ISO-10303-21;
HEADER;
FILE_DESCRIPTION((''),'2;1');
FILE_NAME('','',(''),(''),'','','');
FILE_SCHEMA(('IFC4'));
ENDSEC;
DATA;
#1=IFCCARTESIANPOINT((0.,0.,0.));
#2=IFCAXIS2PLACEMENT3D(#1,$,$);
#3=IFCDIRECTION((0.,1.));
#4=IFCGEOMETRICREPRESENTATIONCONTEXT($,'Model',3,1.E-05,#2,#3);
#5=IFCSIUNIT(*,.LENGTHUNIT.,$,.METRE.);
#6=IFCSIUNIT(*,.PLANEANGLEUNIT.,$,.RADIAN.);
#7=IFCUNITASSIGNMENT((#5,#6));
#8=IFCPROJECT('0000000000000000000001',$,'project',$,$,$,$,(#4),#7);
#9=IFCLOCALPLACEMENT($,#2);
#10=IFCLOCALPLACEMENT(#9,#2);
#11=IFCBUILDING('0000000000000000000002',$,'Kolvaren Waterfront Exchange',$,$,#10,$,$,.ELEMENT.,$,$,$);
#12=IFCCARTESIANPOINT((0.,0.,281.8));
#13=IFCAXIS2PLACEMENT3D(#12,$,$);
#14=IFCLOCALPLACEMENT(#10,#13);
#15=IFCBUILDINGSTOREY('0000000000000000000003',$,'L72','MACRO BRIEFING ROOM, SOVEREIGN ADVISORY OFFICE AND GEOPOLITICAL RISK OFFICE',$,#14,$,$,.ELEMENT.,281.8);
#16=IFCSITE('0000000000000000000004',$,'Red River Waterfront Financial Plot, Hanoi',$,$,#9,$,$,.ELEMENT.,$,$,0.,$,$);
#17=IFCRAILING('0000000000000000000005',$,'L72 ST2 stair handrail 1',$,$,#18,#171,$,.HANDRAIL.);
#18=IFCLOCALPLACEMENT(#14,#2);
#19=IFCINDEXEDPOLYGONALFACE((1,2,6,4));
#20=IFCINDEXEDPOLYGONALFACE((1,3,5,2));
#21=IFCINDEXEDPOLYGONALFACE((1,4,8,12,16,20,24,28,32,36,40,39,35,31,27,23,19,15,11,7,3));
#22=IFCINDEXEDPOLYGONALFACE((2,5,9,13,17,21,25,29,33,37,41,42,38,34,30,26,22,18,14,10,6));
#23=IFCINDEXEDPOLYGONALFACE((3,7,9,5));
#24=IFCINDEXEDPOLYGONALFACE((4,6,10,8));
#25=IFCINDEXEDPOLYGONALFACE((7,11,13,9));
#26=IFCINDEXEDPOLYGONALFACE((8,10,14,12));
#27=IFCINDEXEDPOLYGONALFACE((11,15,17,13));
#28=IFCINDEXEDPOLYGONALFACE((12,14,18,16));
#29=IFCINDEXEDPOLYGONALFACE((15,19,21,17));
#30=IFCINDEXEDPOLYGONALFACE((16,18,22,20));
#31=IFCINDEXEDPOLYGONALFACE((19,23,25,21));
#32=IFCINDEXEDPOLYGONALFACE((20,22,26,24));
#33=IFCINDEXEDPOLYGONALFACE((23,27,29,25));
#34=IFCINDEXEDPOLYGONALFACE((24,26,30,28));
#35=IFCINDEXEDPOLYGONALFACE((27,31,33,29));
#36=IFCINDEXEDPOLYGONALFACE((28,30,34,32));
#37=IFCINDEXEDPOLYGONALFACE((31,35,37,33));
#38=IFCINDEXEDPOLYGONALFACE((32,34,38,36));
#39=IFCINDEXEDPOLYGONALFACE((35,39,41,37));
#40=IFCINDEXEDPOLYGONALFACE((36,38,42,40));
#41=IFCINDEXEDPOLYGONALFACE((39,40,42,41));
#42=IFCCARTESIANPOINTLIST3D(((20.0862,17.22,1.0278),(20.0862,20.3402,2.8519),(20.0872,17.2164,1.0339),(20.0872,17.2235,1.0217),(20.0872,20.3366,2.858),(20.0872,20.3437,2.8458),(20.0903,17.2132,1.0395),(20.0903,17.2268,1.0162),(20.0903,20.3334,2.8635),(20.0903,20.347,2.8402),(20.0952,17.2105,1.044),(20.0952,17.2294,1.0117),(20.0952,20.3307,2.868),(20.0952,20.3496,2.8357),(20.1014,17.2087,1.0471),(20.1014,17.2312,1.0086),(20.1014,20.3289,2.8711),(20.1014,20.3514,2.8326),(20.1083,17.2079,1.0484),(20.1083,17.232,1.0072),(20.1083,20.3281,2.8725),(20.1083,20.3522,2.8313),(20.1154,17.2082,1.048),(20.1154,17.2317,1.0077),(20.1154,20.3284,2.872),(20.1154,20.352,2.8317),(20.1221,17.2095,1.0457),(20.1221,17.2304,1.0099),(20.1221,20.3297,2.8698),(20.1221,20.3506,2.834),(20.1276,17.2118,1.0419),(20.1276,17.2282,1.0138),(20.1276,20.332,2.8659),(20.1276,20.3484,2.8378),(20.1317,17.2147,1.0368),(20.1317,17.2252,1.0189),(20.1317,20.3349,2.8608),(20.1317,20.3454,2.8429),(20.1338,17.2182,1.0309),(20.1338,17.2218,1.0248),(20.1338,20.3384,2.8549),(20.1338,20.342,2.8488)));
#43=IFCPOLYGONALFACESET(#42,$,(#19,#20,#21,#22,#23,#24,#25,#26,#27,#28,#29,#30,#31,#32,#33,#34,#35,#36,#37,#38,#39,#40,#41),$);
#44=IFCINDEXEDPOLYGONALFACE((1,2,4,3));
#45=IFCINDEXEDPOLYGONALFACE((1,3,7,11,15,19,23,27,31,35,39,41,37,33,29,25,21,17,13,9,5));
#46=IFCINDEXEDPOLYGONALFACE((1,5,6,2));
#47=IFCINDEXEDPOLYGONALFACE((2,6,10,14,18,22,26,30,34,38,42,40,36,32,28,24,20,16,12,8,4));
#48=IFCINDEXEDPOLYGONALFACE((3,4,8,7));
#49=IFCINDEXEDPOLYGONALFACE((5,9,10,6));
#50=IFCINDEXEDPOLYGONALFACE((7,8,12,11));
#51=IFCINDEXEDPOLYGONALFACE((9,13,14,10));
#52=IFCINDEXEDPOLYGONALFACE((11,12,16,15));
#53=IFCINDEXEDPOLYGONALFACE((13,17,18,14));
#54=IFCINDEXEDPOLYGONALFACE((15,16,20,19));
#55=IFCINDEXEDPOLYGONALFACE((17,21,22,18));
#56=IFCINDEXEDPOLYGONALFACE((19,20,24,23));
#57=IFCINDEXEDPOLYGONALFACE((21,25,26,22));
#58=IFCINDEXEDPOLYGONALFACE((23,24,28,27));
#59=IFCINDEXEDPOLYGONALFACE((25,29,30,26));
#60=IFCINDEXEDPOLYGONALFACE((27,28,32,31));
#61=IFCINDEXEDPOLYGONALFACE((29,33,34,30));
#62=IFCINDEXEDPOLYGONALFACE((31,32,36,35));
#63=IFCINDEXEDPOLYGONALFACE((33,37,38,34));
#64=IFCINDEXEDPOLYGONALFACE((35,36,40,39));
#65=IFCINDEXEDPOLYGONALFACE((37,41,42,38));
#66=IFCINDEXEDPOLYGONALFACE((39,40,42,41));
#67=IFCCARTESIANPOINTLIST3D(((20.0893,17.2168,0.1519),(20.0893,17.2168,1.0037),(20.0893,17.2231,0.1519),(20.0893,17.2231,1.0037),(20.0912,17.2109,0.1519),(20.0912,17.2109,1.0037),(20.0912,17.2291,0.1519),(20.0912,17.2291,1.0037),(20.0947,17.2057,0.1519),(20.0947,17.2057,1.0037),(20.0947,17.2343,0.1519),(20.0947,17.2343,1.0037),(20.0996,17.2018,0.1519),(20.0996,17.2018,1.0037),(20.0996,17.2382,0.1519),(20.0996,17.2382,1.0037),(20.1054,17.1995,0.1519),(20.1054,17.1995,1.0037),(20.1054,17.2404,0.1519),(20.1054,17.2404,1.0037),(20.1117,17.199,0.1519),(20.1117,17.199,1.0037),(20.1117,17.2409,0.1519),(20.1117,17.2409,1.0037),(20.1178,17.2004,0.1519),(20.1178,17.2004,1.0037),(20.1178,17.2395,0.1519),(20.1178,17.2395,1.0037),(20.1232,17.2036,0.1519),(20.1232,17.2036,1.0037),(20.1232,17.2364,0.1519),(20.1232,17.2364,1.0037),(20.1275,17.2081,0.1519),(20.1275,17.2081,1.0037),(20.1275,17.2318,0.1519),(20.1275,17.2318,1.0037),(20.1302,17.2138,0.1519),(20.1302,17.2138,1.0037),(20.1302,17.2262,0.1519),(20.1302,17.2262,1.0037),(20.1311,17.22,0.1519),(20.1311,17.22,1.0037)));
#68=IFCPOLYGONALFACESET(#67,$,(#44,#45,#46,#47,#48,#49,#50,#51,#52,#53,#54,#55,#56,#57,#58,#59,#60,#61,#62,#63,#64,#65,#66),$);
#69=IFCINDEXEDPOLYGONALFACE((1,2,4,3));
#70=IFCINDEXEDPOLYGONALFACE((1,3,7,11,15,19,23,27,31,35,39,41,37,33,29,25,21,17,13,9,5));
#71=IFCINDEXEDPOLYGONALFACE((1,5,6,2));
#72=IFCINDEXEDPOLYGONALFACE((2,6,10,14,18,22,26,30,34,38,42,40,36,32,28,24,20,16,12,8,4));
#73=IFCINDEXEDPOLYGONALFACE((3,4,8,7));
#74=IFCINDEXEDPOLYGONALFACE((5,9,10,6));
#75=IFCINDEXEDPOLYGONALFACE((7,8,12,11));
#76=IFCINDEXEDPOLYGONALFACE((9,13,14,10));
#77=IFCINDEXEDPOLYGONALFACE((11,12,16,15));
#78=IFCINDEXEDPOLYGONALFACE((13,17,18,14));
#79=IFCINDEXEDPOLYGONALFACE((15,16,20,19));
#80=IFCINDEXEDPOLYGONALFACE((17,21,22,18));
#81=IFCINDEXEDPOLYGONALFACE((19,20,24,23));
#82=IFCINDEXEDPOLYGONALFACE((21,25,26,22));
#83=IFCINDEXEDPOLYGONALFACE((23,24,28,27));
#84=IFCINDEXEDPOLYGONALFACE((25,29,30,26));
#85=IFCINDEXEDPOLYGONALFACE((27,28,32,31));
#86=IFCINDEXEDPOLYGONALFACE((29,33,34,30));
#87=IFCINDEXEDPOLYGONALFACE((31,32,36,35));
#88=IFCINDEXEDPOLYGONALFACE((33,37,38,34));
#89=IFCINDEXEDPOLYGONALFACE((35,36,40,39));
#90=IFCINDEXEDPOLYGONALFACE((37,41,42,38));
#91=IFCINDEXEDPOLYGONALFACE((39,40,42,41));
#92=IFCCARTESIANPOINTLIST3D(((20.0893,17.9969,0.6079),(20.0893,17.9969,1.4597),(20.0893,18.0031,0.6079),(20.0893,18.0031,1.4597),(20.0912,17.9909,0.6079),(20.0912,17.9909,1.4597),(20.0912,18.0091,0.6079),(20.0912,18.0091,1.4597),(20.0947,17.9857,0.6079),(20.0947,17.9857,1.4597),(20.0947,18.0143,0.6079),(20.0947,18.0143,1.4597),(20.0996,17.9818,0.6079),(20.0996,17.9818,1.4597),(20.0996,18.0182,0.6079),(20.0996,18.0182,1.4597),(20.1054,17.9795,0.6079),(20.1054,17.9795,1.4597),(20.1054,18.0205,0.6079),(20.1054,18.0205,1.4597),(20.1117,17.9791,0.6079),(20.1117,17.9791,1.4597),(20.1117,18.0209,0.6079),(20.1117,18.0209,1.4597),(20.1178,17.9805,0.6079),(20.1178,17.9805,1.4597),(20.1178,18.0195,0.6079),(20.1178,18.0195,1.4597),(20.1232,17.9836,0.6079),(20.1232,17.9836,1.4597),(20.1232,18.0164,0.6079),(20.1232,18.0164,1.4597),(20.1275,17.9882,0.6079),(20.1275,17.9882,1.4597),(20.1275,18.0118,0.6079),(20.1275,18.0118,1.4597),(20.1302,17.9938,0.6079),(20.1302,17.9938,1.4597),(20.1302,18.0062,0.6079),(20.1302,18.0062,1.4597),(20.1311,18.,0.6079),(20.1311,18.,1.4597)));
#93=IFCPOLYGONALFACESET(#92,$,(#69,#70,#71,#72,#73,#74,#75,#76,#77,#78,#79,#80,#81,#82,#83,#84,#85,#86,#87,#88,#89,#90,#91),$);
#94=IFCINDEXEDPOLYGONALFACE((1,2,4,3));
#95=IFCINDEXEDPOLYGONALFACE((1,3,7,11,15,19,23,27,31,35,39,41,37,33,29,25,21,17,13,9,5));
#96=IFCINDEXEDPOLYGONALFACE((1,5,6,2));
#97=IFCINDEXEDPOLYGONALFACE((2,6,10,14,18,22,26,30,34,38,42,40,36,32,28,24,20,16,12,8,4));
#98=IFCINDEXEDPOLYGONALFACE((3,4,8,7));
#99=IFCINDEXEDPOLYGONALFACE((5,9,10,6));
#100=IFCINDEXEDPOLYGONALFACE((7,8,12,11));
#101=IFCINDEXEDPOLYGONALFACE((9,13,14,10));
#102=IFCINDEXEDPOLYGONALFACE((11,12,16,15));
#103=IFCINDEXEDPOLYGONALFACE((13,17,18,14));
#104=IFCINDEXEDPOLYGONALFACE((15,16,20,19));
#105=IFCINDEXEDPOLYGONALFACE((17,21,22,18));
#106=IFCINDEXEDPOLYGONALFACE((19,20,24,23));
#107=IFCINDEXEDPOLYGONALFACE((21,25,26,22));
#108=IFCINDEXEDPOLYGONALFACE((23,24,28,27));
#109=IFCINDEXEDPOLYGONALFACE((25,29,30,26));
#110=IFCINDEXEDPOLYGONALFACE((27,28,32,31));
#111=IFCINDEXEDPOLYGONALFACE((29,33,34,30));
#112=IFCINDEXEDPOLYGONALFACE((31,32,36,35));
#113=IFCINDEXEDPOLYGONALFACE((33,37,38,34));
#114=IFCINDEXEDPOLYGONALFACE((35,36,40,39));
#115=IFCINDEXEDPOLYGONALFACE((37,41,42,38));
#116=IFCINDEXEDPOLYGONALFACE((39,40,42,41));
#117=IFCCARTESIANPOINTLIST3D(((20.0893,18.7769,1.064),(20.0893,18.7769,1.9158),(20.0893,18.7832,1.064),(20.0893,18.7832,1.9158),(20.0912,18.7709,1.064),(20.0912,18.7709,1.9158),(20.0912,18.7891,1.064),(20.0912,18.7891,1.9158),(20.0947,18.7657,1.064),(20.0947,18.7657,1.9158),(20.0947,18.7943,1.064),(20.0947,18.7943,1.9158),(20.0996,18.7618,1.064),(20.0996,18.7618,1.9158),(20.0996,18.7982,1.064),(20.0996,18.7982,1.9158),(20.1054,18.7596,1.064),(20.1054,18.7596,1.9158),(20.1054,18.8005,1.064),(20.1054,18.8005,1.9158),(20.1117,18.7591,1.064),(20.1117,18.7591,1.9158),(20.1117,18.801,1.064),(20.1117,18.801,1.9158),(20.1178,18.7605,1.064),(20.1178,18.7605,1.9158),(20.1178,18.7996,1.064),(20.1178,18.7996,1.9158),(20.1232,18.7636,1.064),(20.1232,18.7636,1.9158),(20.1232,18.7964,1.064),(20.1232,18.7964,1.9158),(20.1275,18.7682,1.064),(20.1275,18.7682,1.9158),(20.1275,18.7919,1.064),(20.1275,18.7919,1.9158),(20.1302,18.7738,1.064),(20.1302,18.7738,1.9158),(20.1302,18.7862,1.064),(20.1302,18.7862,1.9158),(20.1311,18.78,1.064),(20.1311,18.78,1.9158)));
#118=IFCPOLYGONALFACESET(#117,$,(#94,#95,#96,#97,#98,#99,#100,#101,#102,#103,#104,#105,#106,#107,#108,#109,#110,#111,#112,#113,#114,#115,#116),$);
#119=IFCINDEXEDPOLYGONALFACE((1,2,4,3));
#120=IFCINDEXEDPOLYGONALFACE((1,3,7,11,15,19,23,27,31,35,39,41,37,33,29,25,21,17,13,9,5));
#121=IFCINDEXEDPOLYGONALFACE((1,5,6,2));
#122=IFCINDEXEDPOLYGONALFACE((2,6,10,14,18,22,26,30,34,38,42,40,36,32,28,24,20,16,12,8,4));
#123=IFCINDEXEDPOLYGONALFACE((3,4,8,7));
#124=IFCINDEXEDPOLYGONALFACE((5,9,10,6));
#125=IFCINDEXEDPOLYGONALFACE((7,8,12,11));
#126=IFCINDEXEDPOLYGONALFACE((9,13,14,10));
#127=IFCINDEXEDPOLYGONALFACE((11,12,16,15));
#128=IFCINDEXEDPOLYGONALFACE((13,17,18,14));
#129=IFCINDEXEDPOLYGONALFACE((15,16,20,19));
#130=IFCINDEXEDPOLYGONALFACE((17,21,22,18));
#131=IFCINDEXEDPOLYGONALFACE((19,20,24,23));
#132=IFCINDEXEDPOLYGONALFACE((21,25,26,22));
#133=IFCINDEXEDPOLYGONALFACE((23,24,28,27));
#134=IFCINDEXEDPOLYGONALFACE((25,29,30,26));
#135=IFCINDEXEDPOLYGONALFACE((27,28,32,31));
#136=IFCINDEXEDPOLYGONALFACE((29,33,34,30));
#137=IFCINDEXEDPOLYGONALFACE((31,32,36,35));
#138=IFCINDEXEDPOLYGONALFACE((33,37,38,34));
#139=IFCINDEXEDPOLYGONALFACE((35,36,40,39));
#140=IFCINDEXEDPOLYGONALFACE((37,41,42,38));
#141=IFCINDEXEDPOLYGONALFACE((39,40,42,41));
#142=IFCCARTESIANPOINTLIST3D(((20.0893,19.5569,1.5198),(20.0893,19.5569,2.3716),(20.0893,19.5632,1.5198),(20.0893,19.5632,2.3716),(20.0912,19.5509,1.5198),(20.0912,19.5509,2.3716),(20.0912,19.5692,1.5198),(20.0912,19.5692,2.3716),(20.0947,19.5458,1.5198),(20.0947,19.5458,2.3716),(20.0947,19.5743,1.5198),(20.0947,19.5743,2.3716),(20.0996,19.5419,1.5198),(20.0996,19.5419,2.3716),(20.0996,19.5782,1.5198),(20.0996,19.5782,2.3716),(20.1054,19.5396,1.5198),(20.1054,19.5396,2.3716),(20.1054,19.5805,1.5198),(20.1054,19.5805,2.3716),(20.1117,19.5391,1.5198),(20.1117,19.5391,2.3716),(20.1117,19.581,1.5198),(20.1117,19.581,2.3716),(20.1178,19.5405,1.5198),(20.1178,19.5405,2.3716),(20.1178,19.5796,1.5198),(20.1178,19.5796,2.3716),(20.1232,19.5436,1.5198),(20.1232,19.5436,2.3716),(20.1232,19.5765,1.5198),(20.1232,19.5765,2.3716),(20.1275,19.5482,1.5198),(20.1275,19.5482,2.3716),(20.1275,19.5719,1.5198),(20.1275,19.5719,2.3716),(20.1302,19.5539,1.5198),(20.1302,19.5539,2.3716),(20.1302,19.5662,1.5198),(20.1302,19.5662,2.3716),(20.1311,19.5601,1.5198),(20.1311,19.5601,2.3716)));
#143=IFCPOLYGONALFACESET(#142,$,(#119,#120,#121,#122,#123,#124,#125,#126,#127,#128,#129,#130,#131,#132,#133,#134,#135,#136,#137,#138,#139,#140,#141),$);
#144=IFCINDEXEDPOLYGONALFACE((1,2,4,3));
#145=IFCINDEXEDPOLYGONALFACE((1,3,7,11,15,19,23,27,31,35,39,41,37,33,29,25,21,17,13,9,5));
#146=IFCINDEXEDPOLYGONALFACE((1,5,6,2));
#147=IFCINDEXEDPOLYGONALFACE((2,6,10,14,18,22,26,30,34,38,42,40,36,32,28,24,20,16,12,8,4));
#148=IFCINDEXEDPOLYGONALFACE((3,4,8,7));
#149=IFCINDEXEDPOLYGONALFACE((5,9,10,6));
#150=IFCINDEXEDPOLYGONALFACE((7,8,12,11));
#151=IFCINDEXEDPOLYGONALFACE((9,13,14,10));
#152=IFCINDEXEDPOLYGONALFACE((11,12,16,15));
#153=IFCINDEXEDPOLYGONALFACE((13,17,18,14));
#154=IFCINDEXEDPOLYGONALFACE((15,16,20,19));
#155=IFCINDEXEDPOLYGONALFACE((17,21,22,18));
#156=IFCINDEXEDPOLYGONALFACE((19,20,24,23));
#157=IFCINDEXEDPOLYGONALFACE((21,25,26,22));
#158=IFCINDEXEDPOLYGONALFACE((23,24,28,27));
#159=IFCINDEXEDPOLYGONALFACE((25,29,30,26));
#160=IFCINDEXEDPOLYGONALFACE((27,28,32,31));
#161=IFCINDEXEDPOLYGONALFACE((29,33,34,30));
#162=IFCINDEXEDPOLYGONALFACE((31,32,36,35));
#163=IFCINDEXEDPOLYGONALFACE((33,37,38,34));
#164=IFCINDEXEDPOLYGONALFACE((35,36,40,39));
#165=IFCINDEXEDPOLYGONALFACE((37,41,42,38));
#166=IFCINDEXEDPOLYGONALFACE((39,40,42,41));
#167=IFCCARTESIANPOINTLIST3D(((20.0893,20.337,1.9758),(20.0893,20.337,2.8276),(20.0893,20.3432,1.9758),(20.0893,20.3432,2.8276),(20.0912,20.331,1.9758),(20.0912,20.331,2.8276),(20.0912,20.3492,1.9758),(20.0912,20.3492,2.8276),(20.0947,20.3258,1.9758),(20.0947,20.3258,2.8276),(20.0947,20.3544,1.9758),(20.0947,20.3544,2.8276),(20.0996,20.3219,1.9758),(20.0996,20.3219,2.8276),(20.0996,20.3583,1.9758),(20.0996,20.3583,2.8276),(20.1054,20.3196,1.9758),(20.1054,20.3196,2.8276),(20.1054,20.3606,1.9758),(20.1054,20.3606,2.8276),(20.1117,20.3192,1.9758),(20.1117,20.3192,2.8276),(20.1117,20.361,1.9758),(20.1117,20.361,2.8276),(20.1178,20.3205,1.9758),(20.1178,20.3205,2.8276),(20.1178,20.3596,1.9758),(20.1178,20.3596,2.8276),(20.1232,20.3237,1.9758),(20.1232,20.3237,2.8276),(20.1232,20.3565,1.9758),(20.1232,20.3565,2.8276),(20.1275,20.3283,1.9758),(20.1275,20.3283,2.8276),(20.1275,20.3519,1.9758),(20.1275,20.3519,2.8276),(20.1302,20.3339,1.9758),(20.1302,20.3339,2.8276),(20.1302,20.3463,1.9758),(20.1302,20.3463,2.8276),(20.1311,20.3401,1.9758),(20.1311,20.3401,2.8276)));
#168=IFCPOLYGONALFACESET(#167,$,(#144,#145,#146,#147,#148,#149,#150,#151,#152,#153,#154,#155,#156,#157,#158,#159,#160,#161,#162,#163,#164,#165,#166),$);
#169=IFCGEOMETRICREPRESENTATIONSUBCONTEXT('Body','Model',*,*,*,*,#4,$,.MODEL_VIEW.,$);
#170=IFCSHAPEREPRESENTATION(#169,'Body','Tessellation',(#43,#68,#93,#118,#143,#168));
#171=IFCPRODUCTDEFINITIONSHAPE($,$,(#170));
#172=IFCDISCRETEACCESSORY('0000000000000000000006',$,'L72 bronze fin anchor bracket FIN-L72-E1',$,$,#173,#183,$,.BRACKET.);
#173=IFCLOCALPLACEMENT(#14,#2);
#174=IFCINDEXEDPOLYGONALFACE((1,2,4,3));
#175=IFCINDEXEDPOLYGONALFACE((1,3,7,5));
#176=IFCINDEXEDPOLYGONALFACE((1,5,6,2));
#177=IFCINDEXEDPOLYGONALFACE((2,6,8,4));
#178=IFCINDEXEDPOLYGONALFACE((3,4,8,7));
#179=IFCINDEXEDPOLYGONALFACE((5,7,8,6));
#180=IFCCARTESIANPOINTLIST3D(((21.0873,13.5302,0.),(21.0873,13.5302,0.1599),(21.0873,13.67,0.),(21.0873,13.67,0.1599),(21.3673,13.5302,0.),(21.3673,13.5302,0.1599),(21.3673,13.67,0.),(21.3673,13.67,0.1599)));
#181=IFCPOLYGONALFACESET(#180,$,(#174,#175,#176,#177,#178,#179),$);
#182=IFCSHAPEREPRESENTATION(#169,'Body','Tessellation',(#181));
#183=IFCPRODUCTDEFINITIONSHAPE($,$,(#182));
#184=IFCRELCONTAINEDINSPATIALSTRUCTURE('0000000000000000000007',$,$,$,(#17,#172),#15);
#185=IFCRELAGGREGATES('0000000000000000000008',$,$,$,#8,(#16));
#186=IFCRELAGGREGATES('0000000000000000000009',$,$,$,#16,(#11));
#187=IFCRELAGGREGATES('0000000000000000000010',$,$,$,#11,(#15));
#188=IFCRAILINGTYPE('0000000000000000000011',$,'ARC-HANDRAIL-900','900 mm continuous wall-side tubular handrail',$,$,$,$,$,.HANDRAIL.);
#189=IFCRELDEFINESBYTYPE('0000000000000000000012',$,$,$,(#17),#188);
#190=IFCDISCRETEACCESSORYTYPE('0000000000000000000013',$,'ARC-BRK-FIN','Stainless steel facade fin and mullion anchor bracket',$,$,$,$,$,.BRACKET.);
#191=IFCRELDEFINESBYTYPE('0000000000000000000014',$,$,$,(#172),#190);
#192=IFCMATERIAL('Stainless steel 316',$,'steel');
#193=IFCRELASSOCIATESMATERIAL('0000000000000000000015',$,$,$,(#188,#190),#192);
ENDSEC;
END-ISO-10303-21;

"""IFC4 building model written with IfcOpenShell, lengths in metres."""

from ifc_helpers import new_model, si_unit, direction, frame, origin, origin_with_axes, origin_2d, place, context, subcontext, project, spatial, rectangle, circle, extrude, source, transform, mapped, material, type_object, element, save


model = new_model("IFC4")

# Units and contexts
model_context = context("Model", 3, precision=1e-05, world=origin(), true_north=direction((0.0, 1.0)))
body_context = subcontext(model_context, "Body", "Model", "MODEL_VIEW")
ifc_project = project(units=[si_unit("LENGTHUNIT", "METRE"), si_unit("PLANEANGLEUNIT", "RADIAN")], contexts=[model_context])

# Site, building, storey
site_placement = place(None, origin())
site = spatial("IfcSite", under=ifc_project, at=site_placement, Name="Red River Waterfront Financial Plot, Hanoi", CompositionType="ELEMENT", RefElevation=0.0)
building_placement = place(site_placement, origin())
building = spatial("IfcBuilding", under=site, at=building_placement, Name="Kolvaren Waterfront Exchange", CompositionType="ELEMENT")
storey_placement = place(building_placement, frame((0.0, 0.0, 281.8)))
storey = spatial("IfcBuildingStorey", under=building, at=storey_placement, Name="L72", Description="MACRO BRIEFING ROOM, SOVEREIGN ADVISORY OFFICE AND GEOPOLITICAL RISK OFFICE", CompositionType="ELEMENT", Elevation=281.8)

# Railing
ifc_material_1 = material(Name="Stainless steel 316", Category="steel")
railing_type_1 = type_object("IfcRailingType", Name="ARC-HANDRAIL-900", Description="900 mm continuous wall-side tubular handrail", PredefinedType="HANDRAIL", material=ifc_material_1)
railing_1_placement = place(storey_placement, frame((20.1101, 17.22, 0.1519)))
element("IfcRailing", 1, at=railing_1_placement, inside=storey, type_object=railing_type_1, Name="L72 ST2 stair handrail 1", PredefinedType="HANDRAIL", context=body_context, shape_type="SweptSolid", body=[
    extrude(circle(Radius=0.0239, at=origin_2d()), frame((0.0, 0.0, 0.876), z_axis=(0.0, 0.863308, 0.504677), x_axis=(-1.0, 0.0, 0.0)), (0.0, 0.0, 1.0), 3.6143),
    extrude(circle(Radius=0.021, at=origin_2d()), origin(), (0.0, 0.0, 1.0), 0.8518),
    extrude(circle(Radius=0.021, at=origin_2d()), frame((0.0, 0.78, 0.4561)), (0.0, 0.0, 1.0), 0.8518),
    extrude(circle(Radius=0.021, at=origin_2d()), frame((0.0, 1.5601, 0.9121)), (0.0, 0.0, 1.0), 0.8518),
    extrude(circle(Radius=0.021, at=origin_2d()), frame((0.0, 2.3401, 1.3679)), (0.0, 0.0, 1.0), 0.8518),
    extrude(circle(Radius=0.021, at=origin_2d()), frame((0.0, 3.1201, 1.824)), (0.0, 0.0, 1.0), 0.8518),
])

# Discrete accessory
discrete_accessory_type = type_object("IfcDiscreteAccessoryType", Name="ARC-BRK-FIN", Description="Stainless steel facade fin and mullion anchor bracket", PredefinedType="BRACKET", material=ifc_material_1)
shared_shape = source(origin_with_axes(), body_context, "Body", "SweptSolid", [
    extrude(rectangle(XDim=0.28, YDim=0.1399, at=origin_2d()), origin(), (0.0, 0.0, 1.0), 0.1599),
])
discrete_accessory_placement = place(storey_placement, frame((21.2273, 13.6001, 0.0), z_axis=(0.0, 0.0, 1.0), x_axis=(1.0, 0.0, 0.0)))
element("IfcDiscreteAccessory", 2, at=discrete_accessory_placement, inside=storey, type_object=discrete_accessory_type, Name="L72 bronze fin anchor bracket FIN-L72-E1", PredefinedType="BRACKET", context=body_context, shape_type="MappedRepresentation", body=[
    mapped(shared_shape, transform((0.0, 0.0, 0.0), x_axis=(1.0, 0.0, 0.0), y_axis=(0.0, 1.0, 0.0), z_axis=(0.0, 0.0, 1.0), scale=1.0)),
])

save(model, "model.ifc")
